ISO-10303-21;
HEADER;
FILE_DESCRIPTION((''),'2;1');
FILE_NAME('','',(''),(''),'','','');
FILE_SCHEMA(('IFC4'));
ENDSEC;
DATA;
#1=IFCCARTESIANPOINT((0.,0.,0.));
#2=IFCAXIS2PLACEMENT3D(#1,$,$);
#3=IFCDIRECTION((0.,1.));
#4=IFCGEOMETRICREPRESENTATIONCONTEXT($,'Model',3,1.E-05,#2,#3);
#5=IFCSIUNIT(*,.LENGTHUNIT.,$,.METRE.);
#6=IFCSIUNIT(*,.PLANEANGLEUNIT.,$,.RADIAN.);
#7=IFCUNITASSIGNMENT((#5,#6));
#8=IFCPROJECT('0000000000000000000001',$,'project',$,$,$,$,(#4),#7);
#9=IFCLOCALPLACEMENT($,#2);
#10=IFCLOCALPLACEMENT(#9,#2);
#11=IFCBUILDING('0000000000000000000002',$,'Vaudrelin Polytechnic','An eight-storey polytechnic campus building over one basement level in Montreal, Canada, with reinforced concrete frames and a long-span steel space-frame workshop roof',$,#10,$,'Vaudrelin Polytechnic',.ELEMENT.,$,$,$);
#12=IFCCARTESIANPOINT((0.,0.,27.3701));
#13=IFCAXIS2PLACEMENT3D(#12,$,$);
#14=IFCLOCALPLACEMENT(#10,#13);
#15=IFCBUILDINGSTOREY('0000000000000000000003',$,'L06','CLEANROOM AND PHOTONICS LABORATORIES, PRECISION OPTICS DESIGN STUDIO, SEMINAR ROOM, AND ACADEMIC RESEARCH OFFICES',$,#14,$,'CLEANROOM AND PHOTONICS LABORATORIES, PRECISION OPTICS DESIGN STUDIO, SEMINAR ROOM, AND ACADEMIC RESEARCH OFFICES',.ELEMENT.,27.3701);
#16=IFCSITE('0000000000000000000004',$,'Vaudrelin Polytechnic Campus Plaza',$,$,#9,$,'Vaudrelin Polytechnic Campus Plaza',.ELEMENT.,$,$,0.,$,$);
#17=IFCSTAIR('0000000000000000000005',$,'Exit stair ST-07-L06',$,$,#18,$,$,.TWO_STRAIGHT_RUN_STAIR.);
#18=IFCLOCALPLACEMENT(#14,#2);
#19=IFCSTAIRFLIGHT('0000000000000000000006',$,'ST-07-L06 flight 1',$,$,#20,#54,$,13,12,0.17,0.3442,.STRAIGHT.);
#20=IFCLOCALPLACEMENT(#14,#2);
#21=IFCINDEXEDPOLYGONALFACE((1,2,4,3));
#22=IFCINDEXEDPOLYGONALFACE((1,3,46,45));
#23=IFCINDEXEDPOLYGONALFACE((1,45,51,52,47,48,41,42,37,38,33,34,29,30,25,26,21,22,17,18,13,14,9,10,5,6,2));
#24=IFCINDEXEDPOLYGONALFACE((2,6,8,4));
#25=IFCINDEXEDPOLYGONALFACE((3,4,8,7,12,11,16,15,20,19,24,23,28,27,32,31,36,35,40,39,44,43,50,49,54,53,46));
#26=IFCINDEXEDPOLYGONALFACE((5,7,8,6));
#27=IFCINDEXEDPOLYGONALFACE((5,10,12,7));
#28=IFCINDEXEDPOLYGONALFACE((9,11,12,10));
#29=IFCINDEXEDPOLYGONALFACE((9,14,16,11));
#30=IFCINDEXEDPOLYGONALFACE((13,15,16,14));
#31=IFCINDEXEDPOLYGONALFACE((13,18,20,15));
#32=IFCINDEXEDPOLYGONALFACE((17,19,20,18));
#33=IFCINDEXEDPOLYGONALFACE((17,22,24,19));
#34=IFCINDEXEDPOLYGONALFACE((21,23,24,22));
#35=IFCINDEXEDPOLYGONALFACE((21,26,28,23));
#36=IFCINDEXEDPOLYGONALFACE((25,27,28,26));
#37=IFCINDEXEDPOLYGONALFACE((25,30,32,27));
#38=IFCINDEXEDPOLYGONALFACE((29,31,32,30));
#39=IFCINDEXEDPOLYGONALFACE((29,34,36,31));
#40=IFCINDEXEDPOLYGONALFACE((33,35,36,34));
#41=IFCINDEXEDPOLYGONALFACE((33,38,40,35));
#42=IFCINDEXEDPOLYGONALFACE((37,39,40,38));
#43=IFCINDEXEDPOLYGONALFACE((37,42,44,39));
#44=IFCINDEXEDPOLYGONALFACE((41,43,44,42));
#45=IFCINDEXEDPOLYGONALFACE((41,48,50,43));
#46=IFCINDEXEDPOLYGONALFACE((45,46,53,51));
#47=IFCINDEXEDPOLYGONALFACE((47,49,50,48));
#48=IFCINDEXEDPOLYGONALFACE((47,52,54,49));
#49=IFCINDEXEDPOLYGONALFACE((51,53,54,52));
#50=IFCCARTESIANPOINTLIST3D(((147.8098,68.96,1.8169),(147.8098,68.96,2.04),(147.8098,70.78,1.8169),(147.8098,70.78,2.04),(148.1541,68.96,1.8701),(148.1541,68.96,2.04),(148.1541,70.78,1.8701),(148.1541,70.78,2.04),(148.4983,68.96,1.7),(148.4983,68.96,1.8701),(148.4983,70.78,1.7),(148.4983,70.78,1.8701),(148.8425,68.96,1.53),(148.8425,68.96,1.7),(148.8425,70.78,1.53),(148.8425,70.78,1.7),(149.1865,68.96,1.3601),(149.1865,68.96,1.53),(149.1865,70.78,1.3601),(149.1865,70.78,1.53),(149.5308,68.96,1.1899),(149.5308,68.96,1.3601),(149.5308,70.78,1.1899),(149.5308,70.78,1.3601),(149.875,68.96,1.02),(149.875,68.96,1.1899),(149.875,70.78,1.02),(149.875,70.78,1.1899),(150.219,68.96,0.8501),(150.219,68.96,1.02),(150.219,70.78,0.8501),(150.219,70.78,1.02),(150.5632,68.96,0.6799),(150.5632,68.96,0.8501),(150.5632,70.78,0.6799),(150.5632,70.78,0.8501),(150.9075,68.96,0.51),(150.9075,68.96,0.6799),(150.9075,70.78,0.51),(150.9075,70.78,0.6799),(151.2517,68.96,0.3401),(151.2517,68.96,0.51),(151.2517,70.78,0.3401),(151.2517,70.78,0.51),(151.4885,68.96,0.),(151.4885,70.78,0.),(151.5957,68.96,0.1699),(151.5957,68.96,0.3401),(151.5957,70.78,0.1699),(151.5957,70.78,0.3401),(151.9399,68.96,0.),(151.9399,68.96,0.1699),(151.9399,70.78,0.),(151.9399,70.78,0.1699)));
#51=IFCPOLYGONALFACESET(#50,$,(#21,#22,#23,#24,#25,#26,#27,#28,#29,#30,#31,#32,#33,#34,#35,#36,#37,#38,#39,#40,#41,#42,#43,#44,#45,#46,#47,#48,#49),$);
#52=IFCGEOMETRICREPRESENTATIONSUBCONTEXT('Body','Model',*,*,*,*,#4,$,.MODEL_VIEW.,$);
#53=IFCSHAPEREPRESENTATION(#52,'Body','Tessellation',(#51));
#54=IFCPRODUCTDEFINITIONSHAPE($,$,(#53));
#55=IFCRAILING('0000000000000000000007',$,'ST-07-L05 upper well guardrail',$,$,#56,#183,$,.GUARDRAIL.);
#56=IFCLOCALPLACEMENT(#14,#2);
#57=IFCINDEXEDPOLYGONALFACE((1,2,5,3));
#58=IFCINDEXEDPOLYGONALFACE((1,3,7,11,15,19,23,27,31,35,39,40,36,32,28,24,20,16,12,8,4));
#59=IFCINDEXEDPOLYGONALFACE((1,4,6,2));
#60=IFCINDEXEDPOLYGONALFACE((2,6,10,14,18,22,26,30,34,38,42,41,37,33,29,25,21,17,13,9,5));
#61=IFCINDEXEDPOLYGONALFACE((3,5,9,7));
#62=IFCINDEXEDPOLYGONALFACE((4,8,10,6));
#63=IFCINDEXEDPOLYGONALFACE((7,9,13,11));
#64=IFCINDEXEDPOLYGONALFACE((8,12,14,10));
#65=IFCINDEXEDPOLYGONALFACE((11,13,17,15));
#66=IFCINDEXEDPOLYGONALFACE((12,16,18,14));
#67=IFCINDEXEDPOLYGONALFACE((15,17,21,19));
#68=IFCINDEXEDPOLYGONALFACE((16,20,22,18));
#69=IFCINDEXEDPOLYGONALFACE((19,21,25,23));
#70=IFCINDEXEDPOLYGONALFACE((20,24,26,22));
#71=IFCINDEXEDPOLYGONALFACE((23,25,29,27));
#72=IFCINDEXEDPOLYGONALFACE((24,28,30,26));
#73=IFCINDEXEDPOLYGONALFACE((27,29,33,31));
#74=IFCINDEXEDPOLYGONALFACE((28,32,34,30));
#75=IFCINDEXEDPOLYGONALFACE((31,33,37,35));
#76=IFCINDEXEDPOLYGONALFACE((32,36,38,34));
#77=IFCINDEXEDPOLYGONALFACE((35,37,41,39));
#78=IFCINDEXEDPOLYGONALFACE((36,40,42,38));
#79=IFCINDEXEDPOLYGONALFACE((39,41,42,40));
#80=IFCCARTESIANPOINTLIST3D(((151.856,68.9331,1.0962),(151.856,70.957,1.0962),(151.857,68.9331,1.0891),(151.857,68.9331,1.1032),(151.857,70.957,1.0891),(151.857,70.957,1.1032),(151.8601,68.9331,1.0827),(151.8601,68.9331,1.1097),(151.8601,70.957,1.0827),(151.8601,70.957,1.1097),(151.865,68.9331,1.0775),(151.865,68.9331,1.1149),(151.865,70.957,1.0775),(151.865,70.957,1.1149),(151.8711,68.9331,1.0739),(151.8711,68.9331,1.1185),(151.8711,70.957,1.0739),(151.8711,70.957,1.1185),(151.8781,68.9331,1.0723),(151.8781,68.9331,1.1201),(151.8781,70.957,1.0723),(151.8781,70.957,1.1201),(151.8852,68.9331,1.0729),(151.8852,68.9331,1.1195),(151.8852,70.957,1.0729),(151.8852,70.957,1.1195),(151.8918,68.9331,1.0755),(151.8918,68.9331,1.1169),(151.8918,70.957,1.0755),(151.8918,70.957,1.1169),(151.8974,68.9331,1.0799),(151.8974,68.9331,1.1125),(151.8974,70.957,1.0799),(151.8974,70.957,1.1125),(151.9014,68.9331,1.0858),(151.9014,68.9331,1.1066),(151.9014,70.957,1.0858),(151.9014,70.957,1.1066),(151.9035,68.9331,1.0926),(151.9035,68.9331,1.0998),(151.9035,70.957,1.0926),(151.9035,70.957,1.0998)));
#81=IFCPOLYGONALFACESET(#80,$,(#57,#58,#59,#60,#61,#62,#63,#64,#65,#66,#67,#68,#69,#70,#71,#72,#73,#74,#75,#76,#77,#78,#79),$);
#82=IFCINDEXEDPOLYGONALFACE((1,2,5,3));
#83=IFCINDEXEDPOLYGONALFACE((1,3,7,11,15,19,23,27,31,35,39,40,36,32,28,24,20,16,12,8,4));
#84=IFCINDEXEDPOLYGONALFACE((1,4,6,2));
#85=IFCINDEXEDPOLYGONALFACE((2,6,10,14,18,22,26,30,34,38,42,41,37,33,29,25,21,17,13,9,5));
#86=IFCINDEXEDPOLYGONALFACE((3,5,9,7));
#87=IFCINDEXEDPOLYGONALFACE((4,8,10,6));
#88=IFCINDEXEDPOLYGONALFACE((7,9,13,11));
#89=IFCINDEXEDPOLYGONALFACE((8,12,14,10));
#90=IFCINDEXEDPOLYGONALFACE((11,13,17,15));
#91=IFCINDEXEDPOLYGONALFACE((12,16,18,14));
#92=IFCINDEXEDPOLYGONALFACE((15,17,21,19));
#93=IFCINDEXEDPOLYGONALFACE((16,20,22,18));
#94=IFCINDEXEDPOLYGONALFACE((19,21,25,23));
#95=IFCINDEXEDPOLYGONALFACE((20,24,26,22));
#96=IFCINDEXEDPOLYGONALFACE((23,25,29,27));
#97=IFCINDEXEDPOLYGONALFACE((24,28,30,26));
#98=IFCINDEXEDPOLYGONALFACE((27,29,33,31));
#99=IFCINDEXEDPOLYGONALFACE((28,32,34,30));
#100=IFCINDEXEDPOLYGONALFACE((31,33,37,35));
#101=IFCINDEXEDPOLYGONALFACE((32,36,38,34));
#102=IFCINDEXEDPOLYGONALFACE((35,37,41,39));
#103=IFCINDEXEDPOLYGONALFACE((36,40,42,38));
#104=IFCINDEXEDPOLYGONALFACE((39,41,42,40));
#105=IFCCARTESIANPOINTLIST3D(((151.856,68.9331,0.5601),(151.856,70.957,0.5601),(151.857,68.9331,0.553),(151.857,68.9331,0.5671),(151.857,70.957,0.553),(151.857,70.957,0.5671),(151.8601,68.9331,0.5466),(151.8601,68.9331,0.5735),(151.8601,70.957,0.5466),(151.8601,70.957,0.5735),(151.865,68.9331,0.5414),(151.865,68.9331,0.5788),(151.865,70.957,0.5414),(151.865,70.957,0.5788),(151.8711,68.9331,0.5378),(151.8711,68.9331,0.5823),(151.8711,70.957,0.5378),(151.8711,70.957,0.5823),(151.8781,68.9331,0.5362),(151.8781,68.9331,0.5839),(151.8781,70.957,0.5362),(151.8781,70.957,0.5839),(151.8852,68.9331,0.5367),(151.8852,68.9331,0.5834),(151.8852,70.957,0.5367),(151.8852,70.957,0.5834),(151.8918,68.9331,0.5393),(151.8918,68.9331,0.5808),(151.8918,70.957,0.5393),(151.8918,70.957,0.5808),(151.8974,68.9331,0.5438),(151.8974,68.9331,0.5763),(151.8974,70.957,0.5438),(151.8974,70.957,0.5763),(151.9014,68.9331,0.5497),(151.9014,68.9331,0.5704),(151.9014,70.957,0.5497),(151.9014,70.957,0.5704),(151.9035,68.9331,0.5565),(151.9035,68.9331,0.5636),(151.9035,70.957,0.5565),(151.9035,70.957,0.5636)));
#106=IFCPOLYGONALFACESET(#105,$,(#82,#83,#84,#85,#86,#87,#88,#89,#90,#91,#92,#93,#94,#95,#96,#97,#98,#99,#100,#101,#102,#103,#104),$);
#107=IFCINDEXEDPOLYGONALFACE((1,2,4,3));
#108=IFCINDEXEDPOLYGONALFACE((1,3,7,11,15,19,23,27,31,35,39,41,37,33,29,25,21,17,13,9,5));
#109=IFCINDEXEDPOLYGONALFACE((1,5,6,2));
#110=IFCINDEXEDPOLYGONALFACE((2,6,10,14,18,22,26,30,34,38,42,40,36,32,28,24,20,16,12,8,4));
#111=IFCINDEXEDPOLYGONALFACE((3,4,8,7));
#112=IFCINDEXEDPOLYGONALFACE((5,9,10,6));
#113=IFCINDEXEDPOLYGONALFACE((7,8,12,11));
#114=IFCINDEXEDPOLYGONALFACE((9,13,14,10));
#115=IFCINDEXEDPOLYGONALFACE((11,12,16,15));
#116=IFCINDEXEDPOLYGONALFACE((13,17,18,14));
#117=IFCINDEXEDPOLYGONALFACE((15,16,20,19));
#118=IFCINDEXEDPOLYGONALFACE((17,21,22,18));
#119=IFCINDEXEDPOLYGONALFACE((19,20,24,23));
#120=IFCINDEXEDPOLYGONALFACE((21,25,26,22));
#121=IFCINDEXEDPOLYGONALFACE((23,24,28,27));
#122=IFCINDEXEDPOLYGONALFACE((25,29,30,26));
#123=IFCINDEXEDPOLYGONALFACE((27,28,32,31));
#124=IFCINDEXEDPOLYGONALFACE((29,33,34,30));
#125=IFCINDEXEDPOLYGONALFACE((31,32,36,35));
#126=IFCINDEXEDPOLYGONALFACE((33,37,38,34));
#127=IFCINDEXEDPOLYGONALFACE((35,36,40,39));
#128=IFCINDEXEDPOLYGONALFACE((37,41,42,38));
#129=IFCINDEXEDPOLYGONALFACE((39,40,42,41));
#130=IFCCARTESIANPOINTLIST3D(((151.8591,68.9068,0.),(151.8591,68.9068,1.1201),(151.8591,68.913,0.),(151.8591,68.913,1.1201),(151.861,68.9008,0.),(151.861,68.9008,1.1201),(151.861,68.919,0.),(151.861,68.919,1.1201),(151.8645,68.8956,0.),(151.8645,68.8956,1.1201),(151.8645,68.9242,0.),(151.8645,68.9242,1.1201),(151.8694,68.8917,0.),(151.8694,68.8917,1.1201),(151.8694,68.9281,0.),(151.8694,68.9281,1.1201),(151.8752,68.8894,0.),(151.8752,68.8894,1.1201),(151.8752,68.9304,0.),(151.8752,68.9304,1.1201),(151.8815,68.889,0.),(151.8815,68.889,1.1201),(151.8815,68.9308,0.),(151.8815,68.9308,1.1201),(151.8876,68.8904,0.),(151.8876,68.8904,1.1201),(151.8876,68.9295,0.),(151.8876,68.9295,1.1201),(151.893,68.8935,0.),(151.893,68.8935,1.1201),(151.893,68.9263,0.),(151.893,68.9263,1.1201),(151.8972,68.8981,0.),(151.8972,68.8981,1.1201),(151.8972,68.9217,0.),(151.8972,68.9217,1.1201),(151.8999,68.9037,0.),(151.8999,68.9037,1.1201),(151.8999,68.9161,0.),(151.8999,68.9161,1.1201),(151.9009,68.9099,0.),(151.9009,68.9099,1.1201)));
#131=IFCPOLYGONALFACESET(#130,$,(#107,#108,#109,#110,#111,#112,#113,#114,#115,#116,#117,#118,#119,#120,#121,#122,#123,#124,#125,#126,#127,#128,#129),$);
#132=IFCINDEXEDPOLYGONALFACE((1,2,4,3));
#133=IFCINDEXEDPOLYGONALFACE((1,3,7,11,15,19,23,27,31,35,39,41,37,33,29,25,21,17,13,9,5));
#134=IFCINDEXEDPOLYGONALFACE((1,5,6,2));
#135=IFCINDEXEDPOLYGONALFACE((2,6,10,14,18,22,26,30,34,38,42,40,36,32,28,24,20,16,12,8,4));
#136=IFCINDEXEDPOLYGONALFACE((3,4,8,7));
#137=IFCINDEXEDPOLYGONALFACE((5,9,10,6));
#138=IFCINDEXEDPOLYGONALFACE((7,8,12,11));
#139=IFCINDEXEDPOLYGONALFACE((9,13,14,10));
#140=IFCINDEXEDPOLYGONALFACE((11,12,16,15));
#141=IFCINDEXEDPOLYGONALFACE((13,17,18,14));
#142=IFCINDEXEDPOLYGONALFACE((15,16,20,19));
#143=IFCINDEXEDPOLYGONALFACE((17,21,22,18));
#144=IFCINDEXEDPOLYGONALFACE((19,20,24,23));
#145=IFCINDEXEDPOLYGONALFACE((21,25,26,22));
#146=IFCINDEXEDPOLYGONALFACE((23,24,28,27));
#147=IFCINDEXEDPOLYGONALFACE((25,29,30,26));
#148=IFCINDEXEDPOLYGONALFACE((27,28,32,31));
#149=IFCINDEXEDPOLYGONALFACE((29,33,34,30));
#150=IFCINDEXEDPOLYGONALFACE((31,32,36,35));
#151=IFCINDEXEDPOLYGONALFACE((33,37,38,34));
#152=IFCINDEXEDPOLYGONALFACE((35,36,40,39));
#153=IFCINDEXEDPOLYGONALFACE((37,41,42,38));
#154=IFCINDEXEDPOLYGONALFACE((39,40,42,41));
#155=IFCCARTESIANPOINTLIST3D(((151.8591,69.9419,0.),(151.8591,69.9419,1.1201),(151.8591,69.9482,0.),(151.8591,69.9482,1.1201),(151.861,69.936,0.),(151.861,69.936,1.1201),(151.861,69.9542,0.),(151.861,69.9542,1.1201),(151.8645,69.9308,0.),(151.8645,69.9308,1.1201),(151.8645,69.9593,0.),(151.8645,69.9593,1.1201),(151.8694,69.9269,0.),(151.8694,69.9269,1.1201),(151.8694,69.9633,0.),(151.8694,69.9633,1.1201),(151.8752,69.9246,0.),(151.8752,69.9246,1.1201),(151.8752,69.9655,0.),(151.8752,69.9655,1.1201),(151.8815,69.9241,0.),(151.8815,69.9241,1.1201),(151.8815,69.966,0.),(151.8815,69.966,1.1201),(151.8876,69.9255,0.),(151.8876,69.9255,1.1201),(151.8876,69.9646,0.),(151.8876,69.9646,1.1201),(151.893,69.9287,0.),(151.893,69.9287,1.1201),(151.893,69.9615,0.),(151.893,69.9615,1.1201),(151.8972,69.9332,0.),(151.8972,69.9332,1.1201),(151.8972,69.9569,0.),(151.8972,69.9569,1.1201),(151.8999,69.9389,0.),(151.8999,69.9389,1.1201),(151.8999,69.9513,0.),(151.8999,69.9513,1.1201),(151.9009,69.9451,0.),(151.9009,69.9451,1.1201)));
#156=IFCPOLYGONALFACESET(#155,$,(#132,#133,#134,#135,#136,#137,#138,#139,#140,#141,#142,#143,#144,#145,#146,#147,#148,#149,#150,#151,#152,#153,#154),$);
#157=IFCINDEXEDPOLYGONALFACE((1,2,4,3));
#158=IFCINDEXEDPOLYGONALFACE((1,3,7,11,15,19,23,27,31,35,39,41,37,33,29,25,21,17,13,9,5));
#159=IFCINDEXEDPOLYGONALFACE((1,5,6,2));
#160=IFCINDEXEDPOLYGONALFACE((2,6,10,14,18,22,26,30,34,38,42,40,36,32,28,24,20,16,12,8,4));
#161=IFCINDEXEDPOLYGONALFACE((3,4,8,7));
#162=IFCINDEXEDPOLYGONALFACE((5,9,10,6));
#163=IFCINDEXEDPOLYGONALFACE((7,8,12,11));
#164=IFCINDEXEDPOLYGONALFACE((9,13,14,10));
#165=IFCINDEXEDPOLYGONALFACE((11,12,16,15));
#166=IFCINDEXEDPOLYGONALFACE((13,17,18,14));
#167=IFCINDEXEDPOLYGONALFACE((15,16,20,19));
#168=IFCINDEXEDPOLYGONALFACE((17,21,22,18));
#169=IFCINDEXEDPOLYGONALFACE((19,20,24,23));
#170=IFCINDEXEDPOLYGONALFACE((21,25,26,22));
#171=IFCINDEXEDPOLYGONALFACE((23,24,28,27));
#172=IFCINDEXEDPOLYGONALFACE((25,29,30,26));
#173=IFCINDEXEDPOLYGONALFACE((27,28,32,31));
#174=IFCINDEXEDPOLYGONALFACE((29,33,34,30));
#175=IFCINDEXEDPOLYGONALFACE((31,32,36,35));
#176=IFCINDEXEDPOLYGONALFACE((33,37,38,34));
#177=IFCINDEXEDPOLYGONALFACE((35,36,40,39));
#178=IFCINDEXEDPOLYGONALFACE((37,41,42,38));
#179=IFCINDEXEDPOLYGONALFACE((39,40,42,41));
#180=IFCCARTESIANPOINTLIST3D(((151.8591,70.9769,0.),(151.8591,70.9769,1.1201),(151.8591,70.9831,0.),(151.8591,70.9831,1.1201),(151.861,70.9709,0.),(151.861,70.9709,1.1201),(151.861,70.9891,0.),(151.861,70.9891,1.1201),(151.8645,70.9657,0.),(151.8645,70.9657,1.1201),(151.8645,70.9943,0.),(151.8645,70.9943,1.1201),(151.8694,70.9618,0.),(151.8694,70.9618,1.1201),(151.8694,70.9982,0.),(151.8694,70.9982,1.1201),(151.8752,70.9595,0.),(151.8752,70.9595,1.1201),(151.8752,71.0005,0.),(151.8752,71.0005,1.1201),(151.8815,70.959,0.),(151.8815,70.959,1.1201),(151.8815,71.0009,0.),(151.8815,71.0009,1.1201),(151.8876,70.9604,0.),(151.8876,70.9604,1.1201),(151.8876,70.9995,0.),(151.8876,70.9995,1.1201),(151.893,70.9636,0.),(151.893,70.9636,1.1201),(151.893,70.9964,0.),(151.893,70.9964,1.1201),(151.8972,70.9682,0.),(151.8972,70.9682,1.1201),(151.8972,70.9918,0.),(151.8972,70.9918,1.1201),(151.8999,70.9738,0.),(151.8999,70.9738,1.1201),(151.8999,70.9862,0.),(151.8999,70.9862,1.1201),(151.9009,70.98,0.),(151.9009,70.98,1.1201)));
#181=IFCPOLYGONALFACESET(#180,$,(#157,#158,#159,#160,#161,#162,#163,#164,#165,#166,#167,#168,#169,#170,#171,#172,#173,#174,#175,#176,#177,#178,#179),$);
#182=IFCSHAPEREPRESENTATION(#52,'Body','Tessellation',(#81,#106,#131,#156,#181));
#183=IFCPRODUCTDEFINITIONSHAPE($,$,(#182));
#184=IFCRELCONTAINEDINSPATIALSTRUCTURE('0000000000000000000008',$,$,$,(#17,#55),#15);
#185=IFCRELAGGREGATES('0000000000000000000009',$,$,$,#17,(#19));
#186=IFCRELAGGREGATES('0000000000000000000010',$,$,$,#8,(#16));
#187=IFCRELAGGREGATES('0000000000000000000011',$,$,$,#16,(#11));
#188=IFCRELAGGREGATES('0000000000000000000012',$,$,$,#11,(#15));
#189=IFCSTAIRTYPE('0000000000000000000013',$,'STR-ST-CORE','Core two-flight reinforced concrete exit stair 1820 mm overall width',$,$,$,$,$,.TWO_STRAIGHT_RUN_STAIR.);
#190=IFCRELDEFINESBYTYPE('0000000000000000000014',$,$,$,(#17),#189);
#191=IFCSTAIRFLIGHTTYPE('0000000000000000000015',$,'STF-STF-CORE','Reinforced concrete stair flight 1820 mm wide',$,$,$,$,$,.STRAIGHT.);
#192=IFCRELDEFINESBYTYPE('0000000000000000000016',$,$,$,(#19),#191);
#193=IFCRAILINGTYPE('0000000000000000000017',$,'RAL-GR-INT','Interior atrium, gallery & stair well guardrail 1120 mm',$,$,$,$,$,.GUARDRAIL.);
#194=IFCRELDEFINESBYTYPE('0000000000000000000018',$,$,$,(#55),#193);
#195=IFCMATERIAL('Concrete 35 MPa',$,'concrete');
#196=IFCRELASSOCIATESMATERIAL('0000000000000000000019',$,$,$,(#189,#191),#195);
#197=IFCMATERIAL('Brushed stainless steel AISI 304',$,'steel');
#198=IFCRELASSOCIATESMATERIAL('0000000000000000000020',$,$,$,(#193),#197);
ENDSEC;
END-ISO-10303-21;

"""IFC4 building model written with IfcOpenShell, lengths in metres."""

from ifc_helpers import new_model, si_unit, direction, frame, origin, origin_2d, place, context, subcontext, project, spatial, polyline, circle, outline, extrude, material, type_object, element, aggregate, save


model = new_model("IFC4")

# Units and contexts
model_context = context("Model", 3, precision=1e-05, world=origin(), true_north=direction((0.0, 1.0)))
body_context = subcontext(model_context, "Body", "Model", "MODEL_VIEW")
ifc_project = project(units=[si_unit("LENGTHUNIT", "METRE"), si_unit("PLANEANGLEUNIT", "RADIAN")], contexts=[model_context])

# Site, building, storey
site_placement = place(None, origin())
site = spatial("IfcSite", under=ifc_project, at=site_placement, Name="Vaudrelin Polytechnic Campus Plaza", LongName="Vaudrelin Polytechnic Campus Plaza", CompositionType="ELEMENT", RefElevation=0.0)
building_placement = place(site_placement, origin())
building = spatial("IfcBuilding", under=site, at=building_placement, Name="Vaudrelin Polytechnic", Description="An eight-storey polytechnic campus building over one basement level in Montreal, Canada, with reinforced concrete frames and a long-span steel space-frame workshop roof", LongName="Vaudrelin Polytechnic", CompositionType="ELEMENT")
storey_placement = place(building_placement, frame((0.0, 0.0, 27.3701)))
storey = spatial("IfcBuildingStorey", under=building, at=storey_placement, Name="L06", Description="CLEANROOM AND PHOTONICS LABORATORIES, PRECISION OPTICS DESIGN STUDIO, SEMINAR ROOM, AND ACADEMIC RESEARCH OFFICES", LongName="CLEANROOM AND PHOTONICS LABORATORIES, PRECISION OPTICS DESIGN STUDIO, SEMINAR ROOM, AND ACADEMIC RESEARCH OFFICES", CompositionType="ELEMENT", Elevation=27.3701)

# Stair, stair flight
ifc_material_1 = material(Name="Concrete 35 MPa", Category="concrete")
stair_type = type_object("IfcStairType", Name="STR-ST-CORE", Description="Core two-flight reinforced concrete exit stair 1820 mm overall width", PredefinedType="TWO_STRAIGHT_RUN_STAIR", material=ifc_material_1)
stair_placement = place(storey_placement, origin())
stair = element("IfcStair", 1, at=stair_placement, inside=storey, type_object=stair_type, Name="Exit stair ST-07-L06", PredefinedType="TWO_STRAIGHT_RUN_STAIR")
stair_flight_type = type_object("IfcStairFlightType", Name="STF-STF-CORE", Description="Reinforced concrete stair flight 1820 mm wide", PredefinedType="STRAIGHT", material=ifc_material_1)
stair_flight_placement = place(storey_placement, frame((151.9399, 69.8701, 0.0), z_axis=(0.0, 0.0, 1.0), x_axis=(-1.0, 0.0, 0.0)))
stair_flight = element("IfcStairFlight", 2, at=stair_flight_placement, type_object=stair_flight_type, Name="ST-07-L06 flight 1", NumberOfRisers=13, NumberOfTreads=12, PredefinedType="STRAIGHT", RiserHeight=0.17, TreadLength=0.3442, context=body_context, shape_type="SweptSolid", body=[
    extrude(outline(polyline([(0.0, 0.0), (0.0, 0.1699), (0.3442, 0.1699), (0.3442, 0.3401), (0.6882, 0.3401), (0.6882, 0.51), (1.0325, 0.51), (1.0325, 0.6799), (1.3767, 0.6799), (1.3767, 0.8501), (1.7209, 0.8501), (1.7209, 1.02), (2.0649, 1.02), (2.0649, 1.1899), (2.4092, 1.1899), (2.4092, 1.3601), (2.7534, 1.3601), (2.7534, 1.53), (3.0974, 1.53), (3.0974, 1.7), (3.4417, 1.7), (3.4417, 1.8701), (3.7859, 1.8701), (3.7859, 2.04), (4.1301, 2.04), (4.1301, 2.21), (4.1301, 1.8169), (0.4514, 0.0), (0.0, 0.0)])), frame((0.0, 0.9102, 0.0), z_axis=(0.0, -1.0, 0.0), x_axis=(1.0, 0.0, 0.0)), (0.0, 0.0, 1.0), 1.8201),
])
aggregate(stair, [stair_flight])

# Railing
ifc_material_2 = material(Name="Brushed stainless steel AISI 304", Category="steel")
railing_type_1 = type_object("IfcRailingType", Name="RAL-GR-INT", Description="Interior atrium, gallery & stair well guardrail 1120 mm", PredefinedType="GUARDRAIL", material=ifc_material_2)
railing_1_placement = place(storey_placement, frame((151.8799, 68.9099, 0.0)))
element("IfcRailing", 3, at=railing_1_placement, inside=storey, type_object=railing_type_1, Name="ST-07-L05 upper well guardrail", PredefinedType="GUARDRAIL", context=body_context, shape_type="SweptSolid", body=[
    extrude(circle(Radius=0.0239, at=origin_2d()), frame((0.0, 0.0232, 1.0962), z_axis=(0.0, 1.0, 0.0), x_axis=(-1.0, 0.0, 0.0)), (0.0, 0.0, 1.0), 2.0239),
    extrude(circle(Radius=0.0239, at=origin_2d()), frame((0.0, 0.0232, 0.5601), z_axis=(0.0, 1.0, 0.0), x_axis=(-1.0, 0.0, 0.0)), (0.0, 0.0, 1.0), 2.0239),
    extrude(circle(Radius=0.021, at=origin_2d()), origin(), (0.0, 0.0, 1.0), 1.1201),
    extrude(circle(Radius=0.021, at=origin_2d()), frame((0.0, 1.0352, 0.0)), (0.0, 0.0, 1.0), 1.1201),
    extrude(circle(Radius=0.021, at=origin_2d()), frame((0.0, 2.0701, 0.0)), (0.0, 0.0, 1.0), 1.1201),
])

save(model, "model.ifc")
